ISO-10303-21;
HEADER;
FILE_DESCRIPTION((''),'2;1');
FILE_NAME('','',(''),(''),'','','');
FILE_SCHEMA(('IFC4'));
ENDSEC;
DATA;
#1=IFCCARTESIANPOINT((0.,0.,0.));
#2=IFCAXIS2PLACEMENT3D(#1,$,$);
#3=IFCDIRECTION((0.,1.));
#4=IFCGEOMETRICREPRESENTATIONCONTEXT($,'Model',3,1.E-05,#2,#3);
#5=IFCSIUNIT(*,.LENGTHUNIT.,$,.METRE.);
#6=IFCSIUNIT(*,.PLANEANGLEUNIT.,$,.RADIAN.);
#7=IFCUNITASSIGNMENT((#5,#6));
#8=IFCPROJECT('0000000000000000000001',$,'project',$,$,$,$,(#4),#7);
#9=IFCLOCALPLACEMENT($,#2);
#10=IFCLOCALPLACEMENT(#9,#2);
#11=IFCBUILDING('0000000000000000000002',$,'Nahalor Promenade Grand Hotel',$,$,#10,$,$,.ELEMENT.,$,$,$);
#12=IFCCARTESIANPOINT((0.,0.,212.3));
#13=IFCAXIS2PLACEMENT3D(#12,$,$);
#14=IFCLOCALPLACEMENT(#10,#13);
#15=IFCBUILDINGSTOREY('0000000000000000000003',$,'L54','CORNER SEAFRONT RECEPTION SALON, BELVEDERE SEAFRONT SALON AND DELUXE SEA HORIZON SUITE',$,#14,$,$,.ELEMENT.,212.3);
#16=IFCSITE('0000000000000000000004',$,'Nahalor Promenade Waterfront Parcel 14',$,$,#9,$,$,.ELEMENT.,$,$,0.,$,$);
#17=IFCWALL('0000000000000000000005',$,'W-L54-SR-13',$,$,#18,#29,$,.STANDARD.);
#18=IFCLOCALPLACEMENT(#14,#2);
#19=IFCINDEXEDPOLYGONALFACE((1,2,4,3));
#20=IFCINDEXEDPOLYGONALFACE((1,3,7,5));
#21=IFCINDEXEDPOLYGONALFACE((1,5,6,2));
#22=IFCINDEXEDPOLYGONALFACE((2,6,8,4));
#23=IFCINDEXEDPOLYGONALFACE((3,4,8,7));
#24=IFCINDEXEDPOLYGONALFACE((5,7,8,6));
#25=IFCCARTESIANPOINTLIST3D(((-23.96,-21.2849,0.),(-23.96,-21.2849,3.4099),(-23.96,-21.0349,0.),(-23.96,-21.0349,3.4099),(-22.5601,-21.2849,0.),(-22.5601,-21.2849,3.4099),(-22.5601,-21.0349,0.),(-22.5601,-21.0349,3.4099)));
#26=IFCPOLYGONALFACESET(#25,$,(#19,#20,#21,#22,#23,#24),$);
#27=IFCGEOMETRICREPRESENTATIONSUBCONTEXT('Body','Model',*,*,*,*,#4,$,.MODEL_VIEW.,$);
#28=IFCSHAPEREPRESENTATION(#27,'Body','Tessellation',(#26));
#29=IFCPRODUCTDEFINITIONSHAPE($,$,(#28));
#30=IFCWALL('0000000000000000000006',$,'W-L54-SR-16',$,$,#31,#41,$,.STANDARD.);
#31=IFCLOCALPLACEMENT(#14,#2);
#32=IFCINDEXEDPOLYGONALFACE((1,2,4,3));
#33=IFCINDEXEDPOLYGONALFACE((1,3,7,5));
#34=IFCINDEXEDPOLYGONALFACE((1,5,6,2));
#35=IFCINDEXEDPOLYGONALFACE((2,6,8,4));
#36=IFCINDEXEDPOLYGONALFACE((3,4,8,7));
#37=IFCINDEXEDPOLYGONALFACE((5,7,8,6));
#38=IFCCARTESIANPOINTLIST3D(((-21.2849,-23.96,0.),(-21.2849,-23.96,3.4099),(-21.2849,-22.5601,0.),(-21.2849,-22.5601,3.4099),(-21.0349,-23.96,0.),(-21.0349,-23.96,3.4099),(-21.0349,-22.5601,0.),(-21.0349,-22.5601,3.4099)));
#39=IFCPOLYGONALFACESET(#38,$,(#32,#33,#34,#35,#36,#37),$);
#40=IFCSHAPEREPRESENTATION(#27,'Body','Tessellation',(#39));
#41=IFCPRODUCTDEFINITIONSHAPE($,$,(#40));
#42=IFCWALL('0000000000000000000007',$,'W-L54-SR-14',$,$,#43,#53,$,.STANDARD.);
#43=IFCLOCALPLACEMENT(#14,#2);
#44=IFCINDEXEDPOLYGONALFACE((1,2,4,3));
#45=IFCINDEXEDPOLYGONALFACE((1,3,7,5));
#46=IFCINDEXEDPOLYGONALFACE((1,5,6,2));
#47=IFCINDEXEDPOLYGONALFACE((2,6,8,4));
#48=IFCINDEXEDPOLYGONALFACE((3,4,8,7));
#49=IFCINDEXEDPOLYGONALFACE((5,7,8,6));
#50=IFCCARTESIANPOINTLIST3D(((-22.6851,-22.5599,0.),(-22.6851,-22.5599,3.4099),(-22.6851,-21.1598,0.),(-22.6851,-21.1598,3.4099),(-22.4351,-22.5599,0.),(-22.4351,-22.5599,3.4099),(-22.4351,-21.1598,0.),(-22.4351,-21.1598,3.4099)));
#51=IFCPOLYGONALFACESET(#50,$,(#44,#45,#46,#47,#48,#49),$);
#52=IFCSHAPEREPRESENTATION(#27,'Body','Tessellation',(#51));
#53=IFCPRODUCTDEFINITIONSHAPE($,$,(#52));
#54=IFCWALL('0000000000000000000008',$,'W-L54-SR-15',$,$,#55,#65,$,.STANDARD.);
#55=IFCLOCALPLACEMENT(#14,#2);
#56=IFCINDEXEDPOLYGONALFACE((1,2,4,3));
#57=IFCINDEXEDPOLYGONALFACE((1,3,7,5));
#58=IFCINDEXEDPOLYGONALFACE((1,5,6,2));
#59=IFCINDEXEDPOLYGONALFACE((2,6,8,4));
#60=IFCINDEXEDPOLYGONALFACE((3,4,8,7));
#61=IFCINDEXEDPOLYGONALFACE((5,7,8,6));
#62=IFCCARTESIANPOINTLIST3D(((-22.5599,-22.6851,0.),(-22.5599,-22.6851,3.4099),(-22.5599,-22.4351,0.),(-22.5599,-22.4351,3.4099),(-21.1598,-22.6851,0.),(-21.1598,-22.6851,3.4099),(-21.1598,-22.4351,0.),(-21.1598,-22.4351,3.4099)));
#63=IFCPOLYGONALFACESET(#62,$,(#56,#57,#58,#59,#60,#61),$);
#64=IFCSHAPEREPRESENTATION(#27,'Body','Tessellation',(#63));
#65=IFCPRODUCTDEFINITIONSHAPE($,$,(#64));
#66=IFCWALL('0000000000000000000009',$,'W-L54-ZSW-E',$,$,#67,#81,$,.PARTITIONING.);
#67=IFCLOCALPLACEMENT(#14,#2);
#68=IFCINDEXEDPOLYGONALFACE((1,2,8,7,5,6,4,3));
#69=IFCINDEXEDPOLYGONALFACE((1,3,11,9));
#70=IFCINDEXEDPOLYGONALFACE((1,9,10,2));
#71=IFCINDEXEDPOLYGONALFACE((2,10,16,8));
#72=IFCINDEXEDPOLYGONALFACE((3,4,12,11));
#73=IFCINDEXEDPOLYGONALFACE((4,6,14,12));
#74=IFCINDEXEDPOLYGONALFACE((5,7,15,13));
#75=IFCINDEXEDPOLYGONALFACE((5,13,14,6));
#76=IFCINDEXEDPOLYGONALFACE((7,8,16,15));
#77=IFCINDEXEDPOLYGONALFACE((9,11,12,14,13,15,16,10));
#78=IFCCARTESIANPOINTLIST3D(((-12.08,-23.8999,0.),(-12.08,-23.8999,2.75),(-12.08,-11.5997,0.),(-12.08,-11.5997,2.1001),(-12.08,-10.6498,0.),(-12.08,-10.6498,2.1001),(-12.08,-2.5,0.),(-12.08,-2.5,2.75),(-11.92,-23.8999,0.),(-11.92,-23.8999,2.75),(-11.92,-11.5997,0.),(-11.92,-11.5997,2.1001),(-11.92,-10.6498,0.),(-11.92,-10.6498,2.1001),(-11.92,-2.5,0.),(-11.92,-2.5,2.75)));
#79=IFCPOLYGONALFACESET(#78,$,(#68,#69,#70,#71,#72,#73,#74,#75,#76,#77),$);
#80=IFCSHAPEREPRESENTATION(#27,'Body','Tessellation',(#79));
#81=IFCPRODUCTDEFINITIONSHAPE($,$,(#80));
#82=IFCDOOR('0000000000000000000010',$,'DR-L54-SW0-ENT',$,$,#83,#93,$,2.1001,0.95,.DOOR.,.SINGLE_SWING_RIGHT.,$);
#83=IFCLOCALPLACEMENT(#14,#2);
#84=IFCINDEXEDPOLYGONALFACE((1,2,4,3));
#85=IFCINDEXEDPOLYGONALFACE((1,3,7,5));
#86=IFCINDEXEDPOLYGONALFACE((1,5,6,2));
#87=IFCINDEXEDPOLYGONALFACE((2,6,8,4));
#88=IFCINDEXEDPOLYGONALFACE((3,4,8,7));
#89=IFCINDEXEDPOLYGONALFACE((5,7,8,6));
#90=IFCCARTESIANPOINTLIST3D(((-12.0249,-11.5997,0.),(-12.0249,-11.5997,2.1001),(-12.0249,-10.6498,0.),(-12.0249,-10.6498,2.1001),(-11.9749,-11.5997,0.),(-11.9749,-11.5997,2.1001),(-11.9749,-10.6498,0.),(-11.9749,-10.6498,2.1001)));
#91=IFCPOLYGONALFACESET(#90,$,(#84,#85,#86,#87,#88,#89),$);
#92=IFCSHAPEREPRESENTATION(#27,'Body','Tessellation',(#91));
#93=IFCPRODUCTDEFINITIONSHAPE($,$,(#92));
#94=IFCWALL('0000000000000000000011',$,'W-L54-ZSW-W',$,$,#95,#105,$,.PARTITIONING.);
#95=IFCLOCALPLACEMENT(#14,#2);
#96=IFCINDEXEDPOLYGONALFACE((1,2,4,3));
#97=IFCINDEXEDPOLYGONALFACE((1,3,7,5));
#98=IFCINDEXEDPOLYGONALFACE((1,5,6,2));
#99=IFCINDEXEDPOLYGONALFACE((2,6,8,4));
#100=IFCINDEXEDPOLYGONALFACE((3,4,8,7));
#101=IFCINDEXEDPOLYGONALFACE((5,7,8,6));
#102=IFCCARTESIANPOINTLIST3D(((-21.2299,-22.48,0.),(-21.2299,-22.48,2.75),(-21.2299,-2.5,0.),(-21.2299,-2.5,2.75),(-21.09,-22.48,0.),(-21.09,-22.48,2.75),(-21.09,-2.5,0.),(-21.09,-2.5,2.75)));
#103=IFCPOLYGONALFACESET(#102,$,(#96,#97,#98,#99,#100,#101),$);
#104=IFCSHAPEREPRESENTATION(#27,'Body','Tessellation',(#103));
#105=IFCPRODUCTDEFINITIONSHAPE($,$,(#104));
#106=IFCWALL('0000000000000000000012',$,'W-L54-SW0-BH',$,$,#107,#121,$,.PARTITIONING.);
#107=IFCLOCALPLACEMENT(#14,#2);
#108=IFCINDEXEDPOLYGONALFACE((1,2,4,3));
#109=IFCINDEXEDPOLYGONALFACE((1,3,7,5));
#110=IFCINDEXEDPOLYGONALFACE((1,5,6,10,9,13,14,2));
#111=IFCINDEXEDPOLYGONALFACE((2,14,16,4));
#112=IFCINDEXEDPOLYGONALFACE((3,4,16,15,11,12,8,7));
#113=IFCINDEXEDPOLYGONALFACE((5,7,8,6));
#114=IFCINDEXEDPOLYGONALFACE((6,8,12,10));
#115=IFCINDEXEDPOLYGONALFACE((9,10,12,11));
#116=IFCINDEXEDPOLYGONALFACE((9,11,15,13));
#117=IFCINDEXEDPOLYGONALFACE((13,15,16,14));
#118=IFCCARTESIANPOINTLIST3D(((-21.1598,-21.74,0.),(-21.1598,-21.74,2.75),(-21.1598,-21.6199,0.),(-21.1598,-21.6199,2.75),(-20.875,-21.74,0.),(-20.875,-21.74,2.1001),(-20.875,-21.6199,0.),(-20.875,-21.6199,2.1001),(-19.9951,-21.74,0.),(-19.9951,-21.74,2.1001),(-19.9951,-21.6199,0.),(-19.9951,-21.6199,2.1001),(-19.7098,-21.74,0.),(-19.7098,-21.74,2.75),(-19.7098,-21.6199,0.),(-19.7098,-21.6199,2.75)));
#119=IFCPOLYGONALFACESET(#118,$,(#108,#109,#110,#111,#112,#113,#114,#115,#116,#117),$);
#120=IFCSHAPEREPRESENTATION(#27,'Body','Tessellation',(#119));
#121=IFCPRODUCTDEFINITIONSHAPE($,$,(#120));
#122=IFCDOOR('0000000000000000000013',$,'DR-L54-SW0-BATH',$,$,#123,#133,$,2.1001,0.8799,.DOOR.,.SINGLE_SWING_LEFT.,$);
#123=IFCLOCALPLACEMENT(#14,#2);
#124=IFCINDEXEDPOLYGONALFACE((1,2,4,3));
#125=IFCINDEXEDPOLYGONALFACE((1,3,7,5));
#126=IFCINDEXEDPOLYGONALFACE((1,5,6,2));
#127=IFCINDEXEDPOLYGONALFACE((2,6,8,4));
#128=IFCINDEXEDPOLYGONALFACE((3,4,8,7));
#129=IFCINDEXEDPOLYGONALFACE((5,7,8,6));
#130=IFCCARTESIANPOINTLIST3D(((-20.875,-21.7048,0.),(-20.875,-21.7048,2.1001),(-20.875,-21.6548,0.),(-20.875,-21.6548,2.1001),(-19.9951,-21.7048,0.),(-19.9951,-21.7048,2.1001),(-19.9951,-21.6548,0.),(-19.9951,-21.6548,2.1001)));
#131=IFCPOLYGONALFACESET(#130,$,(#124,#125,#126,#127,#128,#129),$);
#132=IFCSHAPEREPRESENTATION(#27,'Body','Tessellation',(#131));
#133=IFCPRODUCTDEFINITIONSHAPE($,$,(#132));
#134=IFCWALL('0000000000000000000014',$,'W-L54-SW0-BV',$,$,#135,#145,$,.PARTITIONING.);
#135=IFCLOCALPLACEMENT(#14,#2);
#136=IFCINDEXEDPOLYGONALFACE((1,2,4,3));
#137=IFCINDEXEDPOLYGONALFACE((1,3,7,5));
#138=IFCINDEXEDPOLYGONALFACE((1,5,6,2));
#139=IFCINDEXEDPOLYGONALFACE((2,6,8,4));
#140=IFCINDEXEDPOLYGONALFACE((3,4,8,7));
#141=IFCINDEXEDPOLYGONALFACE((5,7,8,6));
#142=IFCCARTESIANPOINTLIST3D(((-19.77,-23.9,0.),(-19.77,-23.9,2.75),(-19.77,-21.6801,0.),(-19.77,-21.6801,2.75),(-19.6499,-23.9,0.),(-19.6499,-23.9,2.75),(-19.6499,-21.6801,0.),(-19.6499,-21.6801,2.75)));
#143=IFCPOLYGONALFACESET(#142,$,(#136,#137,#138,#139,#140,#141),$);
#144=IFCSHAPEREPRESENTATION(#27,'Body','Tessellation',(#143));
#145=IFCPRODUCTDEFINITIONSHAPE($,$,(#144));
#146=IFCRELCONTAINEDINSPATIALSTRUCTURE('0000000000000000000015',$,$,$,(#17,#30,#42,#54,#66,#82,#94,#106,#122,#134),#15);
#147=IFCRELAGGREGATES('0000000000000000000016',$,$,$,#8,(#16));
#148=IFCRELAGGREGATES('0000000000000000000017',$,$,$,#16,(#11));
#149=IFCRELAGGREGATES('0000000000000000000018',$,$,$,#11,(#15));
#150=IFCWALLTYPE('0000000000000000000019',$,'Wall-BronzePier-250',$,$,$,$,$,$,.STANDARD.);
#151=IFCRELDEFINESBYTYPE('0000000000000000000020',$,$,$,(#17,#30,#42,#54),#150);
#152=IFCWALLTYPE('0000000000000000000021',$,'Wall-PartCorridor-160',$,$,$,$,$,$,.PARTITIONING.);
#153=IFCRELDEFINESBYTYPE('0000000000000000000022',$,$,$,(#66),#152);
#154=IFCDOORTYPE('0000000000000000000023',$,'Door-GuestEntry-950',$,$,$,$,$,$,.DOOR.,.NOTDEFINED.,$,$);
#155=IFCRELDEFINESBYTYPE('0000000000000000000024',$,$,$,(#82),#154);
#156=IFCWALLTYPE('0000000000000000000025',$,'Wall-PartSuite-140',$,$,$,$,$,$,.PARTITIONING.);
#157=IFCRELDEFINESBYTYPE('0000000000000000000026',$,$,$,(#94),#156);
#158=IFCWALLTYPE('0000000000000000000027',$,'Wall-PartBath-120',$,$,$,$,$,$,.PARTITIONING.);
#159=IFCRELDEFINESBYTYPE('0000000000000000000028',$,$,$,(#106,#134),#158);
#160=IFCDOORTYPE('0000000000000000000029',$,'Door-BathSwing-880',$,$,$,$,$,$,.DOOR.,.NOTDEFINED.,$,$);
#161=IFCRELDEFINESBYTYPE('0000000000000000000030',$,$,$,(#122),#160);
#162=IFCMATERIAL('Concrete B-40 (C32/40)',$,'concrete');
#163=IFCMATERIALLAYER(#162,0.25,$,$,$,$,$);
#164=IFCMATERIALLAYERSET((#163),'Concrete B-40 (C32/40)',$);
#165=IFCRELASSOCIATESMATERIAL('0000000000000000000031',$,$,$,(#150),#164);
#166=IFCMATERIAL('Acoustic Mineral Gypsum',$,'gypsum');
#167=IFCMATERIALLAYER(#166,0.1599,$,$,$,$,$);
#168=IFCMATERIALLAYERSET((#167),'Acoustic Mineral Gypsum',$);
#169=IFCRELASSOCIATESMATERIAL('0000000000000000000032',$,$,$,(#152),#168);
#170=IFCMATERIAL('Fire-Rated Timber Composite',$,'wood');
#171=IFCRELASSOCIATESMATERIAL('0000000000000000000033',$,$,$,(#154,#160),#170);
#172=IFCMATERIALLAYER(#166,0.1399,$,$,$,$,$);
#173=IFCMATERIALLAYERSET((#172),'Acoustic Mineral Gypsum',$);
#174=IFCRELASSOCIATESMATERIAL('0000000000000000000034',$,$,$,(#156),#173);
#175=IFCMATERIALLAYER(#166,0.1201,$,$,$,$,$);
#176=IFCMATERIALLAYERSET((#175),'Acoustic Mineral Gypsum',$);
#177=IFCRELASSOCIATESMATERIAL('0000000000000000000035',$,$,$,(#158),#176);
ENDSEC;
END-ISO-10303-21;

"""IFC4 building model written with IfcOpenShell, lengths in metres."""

from ifc_helpers import new_model, si_unit, direction, frame, frame_2d, origin, place, context, subcontext, project, spatial, rectangle, extrude, source, transform, mapped, material, layer, layer_set, type_object, element, fill, save


model = new_model("IFC4")

# Units and contexts
model_context = context("Model", 3, precision=1e-05, world=origin(), true_north=direction((0.0, 1.0)))
body_context = subcontext(model_context, "Body", "Model", "MODEL_VIEW")
ifc_project = project(units=[si_unit("LENGTHUNIT", "METRE"), si_unit("PLANEANGLEUNIT", "RADIAN")], contexts=[model_context])

# Site, building, storey
site_placement = place(None, origin())
site = spatial("IfcSite", under=ifc_project, at=site_placement, Name="Nahalor Promenade Waterfront Parcel 14", CompositionType="ELEMENT", RefElevation=0.0)
building_placement = place(site_placement, origin())
building = spatial("IfcBuilding", under=site, at=building_placement, Name="Nahalor Promenade Grand Hotel", CompositionType="ELEMENT")
storey_placement = place(building_placement, frame((0.0, 0.0, 212.3)))
storey = spatial("IfcBuildingStorey", under=building, at=storey_placement, Name="L54", Description="CORNER SEAFRONT RECEPTION SALON, BELVEDERE SEAFRONT SALON AND DELUXE SEA HORIZON SUITE", CompositionType="ELEMENT", Elevation=212.3)

# Walls
ifc_material_1 = material(Name="Concrete B-40 (C32/40)", Category="concrete")
ifc_layer_1 = layer(ifc_material_1, 0.25)
ifc_layer_set_1 = layer_set([ifc_layer_1], Name="Concrete B-40 (C32/40)")
wall_type_1 = type_object("IfcWallType", Name="Wall-BronzePier-250", PredefinedType="STANDARD", material=ifc_layer_set_1)
shared_shape_1 = source(origin(), body_context, "Body", "SweptSolid", [
    extrude(rectangle(XDim=1.3999, YDim=0.25, at=frame_2d((0.7, 0.0))), origin(), (0.0, 0.0, 1.0), 3.4099),
])
for number, where, z_axis, x_axis, name in (
    (1, (-23.96, -21.1599, 0.0), (0.0, 0.0, 1.0), (1.0, 0.0, 0.0), "W-L54-SR-13"),
    (2, (-21.1599, -23.96, 0.0), (0.0, 0.0, 1.0), (0.0, 1.0, 0.0), "W-L54-SR-16"),
):
    element("IfcWall", number, at=place(storey_placement, frame(where, z_axis=z_axis, x_axis=x_axis)), inside=storey, type_object=wall_type_1, Name=name, PredefinedType="STANDARD", context=body_context, shape_type="MappedRepresentation", body=[
        mapped(shared_shape_1, transform((0.0, 0.0, 0.0), scale=1.0)),
    ])
shared_shape_2 = source(origin(), body_context, "Body", "SweptSolid", [
    extrude(rectangle(XDim=1.4001, YDim=0.25, at=frame_2d((0.7002, 0.0))), origin(), (0.0, 0.0, 1.0), 3.4099),
])
for number, where, z_axis, x_axis, name in (
    (3, (-22.5601, -22.5601, 0.0), (0.0, 0.0, 1.0), (0.0, 1.0, 0.0), "W-L54-SR-14"),
    (4, (-22.5601, -22.5601, 0.0), (0.0, 0.0, 1.0), (1.0, 0.0, 0.0), "W-L54-SR-15"),
):
    element("IfcWall", number, at=place(storey_placement, frame(where, z_axis=z_axis, x_axis=x_axis)), inside=storey, type_object=wall_type_1, Name=name, PredefinedType="STANDARD", context=body_context, shape_type="MappedRepresentation", body=[
        mapped(shared_shape_2, transform((0.0, 0.0, 0.0), scale=1.0)),
    ])

# Wall, opening, door
ifc_material_2 = material(Name="Acoustic Mineral Gypsum", Category="gypsum")
ifc_layer_2 = layer(ifc_material_2, 0.1599)
ifc_layer_set_2 = layer_set([ifc_layer_2], Name="Acoustic Mineral Gypsum")
wall_type_2 = type_object("IfcWallType", Name="Wall-PartCorridor-160", PredefinedType="PARTITIONING", material=ifc_layer_set_2)
shared_shape_3 = source(origin(), body_context, "Body", "SweptSolid", [
    extrude(rectangle(XDim=21.3999, YDim=0.1599, at=frame_2d((10.7, 0.0))), origin(), (0.0, 0.0, 1.0), 2.75),
])
wall_1_placement = place(storey_placement, frame((-12.0, -23.8999, 0.0), z_axis=(0.0, 0.0, 1.0), x_axis=(0.0, 1.0, 0.0)))
wall_1 = element("IfcWall", 5, at=wall_1_placement, inside=storey, type_object=wall_type_2, Name="W-L54-ZSW-E", PredefinedType="PARTITIONING", context=body_context, shape_type="MappedRepresentation", body=[
    mapped(shared_shape_3, transform((0.0, 0.0, 0.0), scale=1.0)),
])
opening_1_placement = place(wall_1_placement, frame((12.3, 0.0, 0.0)))
opening_1 = element("IfcOpeningElement", 6, at=opening_1_placement, cuts=wall_1, PredefinedType="OPENING", context=body_context, shape_type="SweptSolid", body=[
    extrude(rectangle(XDim=0.95, YDim=2.1001, at=frame_2d((0.4751, 1.05))), frame((0.0, 0.0898, 0.0), z_axis=(0.0, -1.0, 0.0), x_axis=(1.0, 0.0, 0.0)), (0.0, 0.0, 1.0), 0.1799),
])
ifc_material_3 = material(Name="Fire-Rated Timber Composite", Category="wood")
door_type_1 = type_object("IfcDoorType", Name="Door-GuestEntry-950", OperationType="NOTDEFINED", PredefinedType="DOOR", material=ifc_material_3)
shared_shape_4 = source(origin(), body_context, "Body", "SweptSolid", [
    extrude(rectangle(XDim=0.95, YDim=2.1001, at=frame_2d((0.4751, 1.05))), frame((0.0, 0.0249, 0.0), z_axis=(0.0, -1.0, 0.0), x_axis=(1.0, 0.0, 0.0)), (0.0, 0.0, 1.0), 0.05),
])
door_1_placement = place(opening_1_placement, origin())
door_1 = element("IfcDoor", 7, at=door_1_placement, inside=storey, type_object=door_type_1, Name="DR-L54-SW0-ENT", OperationType="SINGLE_SWING_RIGHT", OverallHeight=2.1001, OverallWidth=0.95, PredefinedType="DOOR", context=body_context, shape_type="MappedRepresentation", body=[
    mapped(shared_shape_4, transform((0.0, 0.0, 0.0), scale=1.0)),
])
fill(opening_1, door_1)

# Wall
ifc_layer_3 = layer(ifc_material_2, 0.1399)
ifc_layer_set_3 = layer_set([ifc_layer_3], Name="Acoustic Mineral Gypsum")
wall_type_3 = type_object("IfcWallType", Name="Wall-PartSuite-140", PredefinedType="PARTITIONING", material=ifc_layer_set_3)
shared_shape_5 = source(origin(), body_context, "Body", "SweptSolid", [
    extrude(rectangle(XDim=19.98, YDim=0.1399, at=frame_2d((9.99, 0.0))), origin(), (0.0, 0.0, 1.0), 2.75),
])
wall_2_placement = place(storey_placement, frame((-21.1599, -22.48, 0.0), z_axis=(0.0, 0.0, 1.0), x_axis=(0.0, 1.0, 0.0)))
element("IfcWall", 8, at=wall_2_placement, inside=storey, type_object=wall_type_3, Name="W-L54-ZSW-W", PredefinedType="PARTITIONING", context=body_context, shape_type="MappedRepresentation", body=[
    mapped(shared_shape_5, transform((0.0, 0.0, 0.0), scale=1.0)),
])

# Wall, opening, door
ifc_layer_4 = layer(ifc_material_2, 0.1201)
ifc_layer_set_4 = layer_set([ifc_layer_4], Name="Acoustic Mineral Gypsum")
wall_type_4 = type_object("IfcWallType", Name="Wall-PartBath-120", PredefinedType="PARTITIONING", material=ifc_layer_set_4)
shared_shape_6 = source(origin(), body_context, "Body", "SweptSolid", [
    extrude(rectangle(XDim=1.45, YDim=0.1201, at=frame_2d((0.7251, 0.0))), origin(), (0.0, 0.0, 1.0), 2.75),
])
wall_3_placement = place(storey_placement, frame((-21.1599, -21.6799, 0.0), z_axis=(0.0, 0.0, 1.0), x_axis=(1.0, 0.0, 0.0)))
wall_3 = element("IfcWall", 9, at=wall_3_placement, inside=storey, type_object=wall_type_4, Name="W-L54-SW0-BH", PredefinedType="PARTITIONING", context=body_context, shape_type="MappedRepresentation", body=[
    mapped(shared_shape_6, transform((0.0, 0.0, 0.0), scale=1.0)),
])
opening_2_placement = place(wall_3_placement, frame((0.2849, 0.0, 0.0)))
opening_2 = element("IfcOpeningElement", 10, at=opening_2_placement, cuts=wall_3, PredefinedType="OPENING", context=body_context, shape_type="SweptSolid", body=[
    extrude(rectangle(XDim=0.8799, YDim=2.1001, at=frame_2d((0.4399, 1.05))), frame((0.0, 0.0701, 0.0), z_axis=(0.0, -1.0, 0.0), x_axis=(1.0, 0.0, 0.0)), (0.0, 0.0, 1.0), 0.1401),
])
door_type_2 = type_object("IfcDoorType", Name="Door-BathSwing-880", OperationType="NOTDEFINED", PredefinedType="DOOR", material=ifc_material_3)
shared_shape_7 = source(origin(), body_context, "Body", "SweptSolid", [
    extrude(rectangle(XDim=0.8799, YDim=2.1001, at=frame_2d((0.4399, 1.05))), frame((0.0, 0.0249, 0.0), z_axis=(0.0, -1.0, 0.0), x_axis=(1.0, 0.0, 0.0)), (0.0, 0.0, 1.0), 0.05),
])
door_2_placement = place(opening_2_placement, frame((0.8799, 0.0, 0.0), z_axis=(0.0, 0.0, 1.0), x_axis=(-1.0, 0.0, 0.0)))
door_2 = element("IfcDoor", 11, at=door_2_placement, inside=storey, type_object=door_type_2, Name="DR-L54-SW0-BATH", OperationType="SINGLE_SWING_LEFT", OverallHeight=2.1001, OverallWidth=0.8799, PredefinedType="DOOR", context=body_context, shape_type="MappedRepresentation", body=[
    mapped(shared_shape_7, transform((0.0, 0.0, 0.0), scale=1.0)),
])
fill(opening_2, door_2)

# Wall
shared_shape_8 = source(origin(), body_context, "Body", "SweptSolid", [
    extrude(rectangle(XDim=2.22, YDim=0.1201, at=frame_2d((1.1099, 0.0))), origin(), (0.0, 0.0, 1.0), 2.75),
])
wall_4_placement = place(storey_placement, frame((-19.71, -23.8999, 0.0), z_axis=(0.0, 0.0, 1.0), x_axis=(0.0, 1.0, 0.0)))
element("IfcWall", 12, at=wall_4_placement, inside=storey, type_object=wall_type_4, Name="W-L54-SW0-BV", PredefinedType="PARTITIONING", context=body_context, shape_type="MappedRepresentation", body=[
    mapped(shared_shape_8, transform((0.0, 0.0, 0.0), scale=1.0)),
])

save(model, "model.ifc")
